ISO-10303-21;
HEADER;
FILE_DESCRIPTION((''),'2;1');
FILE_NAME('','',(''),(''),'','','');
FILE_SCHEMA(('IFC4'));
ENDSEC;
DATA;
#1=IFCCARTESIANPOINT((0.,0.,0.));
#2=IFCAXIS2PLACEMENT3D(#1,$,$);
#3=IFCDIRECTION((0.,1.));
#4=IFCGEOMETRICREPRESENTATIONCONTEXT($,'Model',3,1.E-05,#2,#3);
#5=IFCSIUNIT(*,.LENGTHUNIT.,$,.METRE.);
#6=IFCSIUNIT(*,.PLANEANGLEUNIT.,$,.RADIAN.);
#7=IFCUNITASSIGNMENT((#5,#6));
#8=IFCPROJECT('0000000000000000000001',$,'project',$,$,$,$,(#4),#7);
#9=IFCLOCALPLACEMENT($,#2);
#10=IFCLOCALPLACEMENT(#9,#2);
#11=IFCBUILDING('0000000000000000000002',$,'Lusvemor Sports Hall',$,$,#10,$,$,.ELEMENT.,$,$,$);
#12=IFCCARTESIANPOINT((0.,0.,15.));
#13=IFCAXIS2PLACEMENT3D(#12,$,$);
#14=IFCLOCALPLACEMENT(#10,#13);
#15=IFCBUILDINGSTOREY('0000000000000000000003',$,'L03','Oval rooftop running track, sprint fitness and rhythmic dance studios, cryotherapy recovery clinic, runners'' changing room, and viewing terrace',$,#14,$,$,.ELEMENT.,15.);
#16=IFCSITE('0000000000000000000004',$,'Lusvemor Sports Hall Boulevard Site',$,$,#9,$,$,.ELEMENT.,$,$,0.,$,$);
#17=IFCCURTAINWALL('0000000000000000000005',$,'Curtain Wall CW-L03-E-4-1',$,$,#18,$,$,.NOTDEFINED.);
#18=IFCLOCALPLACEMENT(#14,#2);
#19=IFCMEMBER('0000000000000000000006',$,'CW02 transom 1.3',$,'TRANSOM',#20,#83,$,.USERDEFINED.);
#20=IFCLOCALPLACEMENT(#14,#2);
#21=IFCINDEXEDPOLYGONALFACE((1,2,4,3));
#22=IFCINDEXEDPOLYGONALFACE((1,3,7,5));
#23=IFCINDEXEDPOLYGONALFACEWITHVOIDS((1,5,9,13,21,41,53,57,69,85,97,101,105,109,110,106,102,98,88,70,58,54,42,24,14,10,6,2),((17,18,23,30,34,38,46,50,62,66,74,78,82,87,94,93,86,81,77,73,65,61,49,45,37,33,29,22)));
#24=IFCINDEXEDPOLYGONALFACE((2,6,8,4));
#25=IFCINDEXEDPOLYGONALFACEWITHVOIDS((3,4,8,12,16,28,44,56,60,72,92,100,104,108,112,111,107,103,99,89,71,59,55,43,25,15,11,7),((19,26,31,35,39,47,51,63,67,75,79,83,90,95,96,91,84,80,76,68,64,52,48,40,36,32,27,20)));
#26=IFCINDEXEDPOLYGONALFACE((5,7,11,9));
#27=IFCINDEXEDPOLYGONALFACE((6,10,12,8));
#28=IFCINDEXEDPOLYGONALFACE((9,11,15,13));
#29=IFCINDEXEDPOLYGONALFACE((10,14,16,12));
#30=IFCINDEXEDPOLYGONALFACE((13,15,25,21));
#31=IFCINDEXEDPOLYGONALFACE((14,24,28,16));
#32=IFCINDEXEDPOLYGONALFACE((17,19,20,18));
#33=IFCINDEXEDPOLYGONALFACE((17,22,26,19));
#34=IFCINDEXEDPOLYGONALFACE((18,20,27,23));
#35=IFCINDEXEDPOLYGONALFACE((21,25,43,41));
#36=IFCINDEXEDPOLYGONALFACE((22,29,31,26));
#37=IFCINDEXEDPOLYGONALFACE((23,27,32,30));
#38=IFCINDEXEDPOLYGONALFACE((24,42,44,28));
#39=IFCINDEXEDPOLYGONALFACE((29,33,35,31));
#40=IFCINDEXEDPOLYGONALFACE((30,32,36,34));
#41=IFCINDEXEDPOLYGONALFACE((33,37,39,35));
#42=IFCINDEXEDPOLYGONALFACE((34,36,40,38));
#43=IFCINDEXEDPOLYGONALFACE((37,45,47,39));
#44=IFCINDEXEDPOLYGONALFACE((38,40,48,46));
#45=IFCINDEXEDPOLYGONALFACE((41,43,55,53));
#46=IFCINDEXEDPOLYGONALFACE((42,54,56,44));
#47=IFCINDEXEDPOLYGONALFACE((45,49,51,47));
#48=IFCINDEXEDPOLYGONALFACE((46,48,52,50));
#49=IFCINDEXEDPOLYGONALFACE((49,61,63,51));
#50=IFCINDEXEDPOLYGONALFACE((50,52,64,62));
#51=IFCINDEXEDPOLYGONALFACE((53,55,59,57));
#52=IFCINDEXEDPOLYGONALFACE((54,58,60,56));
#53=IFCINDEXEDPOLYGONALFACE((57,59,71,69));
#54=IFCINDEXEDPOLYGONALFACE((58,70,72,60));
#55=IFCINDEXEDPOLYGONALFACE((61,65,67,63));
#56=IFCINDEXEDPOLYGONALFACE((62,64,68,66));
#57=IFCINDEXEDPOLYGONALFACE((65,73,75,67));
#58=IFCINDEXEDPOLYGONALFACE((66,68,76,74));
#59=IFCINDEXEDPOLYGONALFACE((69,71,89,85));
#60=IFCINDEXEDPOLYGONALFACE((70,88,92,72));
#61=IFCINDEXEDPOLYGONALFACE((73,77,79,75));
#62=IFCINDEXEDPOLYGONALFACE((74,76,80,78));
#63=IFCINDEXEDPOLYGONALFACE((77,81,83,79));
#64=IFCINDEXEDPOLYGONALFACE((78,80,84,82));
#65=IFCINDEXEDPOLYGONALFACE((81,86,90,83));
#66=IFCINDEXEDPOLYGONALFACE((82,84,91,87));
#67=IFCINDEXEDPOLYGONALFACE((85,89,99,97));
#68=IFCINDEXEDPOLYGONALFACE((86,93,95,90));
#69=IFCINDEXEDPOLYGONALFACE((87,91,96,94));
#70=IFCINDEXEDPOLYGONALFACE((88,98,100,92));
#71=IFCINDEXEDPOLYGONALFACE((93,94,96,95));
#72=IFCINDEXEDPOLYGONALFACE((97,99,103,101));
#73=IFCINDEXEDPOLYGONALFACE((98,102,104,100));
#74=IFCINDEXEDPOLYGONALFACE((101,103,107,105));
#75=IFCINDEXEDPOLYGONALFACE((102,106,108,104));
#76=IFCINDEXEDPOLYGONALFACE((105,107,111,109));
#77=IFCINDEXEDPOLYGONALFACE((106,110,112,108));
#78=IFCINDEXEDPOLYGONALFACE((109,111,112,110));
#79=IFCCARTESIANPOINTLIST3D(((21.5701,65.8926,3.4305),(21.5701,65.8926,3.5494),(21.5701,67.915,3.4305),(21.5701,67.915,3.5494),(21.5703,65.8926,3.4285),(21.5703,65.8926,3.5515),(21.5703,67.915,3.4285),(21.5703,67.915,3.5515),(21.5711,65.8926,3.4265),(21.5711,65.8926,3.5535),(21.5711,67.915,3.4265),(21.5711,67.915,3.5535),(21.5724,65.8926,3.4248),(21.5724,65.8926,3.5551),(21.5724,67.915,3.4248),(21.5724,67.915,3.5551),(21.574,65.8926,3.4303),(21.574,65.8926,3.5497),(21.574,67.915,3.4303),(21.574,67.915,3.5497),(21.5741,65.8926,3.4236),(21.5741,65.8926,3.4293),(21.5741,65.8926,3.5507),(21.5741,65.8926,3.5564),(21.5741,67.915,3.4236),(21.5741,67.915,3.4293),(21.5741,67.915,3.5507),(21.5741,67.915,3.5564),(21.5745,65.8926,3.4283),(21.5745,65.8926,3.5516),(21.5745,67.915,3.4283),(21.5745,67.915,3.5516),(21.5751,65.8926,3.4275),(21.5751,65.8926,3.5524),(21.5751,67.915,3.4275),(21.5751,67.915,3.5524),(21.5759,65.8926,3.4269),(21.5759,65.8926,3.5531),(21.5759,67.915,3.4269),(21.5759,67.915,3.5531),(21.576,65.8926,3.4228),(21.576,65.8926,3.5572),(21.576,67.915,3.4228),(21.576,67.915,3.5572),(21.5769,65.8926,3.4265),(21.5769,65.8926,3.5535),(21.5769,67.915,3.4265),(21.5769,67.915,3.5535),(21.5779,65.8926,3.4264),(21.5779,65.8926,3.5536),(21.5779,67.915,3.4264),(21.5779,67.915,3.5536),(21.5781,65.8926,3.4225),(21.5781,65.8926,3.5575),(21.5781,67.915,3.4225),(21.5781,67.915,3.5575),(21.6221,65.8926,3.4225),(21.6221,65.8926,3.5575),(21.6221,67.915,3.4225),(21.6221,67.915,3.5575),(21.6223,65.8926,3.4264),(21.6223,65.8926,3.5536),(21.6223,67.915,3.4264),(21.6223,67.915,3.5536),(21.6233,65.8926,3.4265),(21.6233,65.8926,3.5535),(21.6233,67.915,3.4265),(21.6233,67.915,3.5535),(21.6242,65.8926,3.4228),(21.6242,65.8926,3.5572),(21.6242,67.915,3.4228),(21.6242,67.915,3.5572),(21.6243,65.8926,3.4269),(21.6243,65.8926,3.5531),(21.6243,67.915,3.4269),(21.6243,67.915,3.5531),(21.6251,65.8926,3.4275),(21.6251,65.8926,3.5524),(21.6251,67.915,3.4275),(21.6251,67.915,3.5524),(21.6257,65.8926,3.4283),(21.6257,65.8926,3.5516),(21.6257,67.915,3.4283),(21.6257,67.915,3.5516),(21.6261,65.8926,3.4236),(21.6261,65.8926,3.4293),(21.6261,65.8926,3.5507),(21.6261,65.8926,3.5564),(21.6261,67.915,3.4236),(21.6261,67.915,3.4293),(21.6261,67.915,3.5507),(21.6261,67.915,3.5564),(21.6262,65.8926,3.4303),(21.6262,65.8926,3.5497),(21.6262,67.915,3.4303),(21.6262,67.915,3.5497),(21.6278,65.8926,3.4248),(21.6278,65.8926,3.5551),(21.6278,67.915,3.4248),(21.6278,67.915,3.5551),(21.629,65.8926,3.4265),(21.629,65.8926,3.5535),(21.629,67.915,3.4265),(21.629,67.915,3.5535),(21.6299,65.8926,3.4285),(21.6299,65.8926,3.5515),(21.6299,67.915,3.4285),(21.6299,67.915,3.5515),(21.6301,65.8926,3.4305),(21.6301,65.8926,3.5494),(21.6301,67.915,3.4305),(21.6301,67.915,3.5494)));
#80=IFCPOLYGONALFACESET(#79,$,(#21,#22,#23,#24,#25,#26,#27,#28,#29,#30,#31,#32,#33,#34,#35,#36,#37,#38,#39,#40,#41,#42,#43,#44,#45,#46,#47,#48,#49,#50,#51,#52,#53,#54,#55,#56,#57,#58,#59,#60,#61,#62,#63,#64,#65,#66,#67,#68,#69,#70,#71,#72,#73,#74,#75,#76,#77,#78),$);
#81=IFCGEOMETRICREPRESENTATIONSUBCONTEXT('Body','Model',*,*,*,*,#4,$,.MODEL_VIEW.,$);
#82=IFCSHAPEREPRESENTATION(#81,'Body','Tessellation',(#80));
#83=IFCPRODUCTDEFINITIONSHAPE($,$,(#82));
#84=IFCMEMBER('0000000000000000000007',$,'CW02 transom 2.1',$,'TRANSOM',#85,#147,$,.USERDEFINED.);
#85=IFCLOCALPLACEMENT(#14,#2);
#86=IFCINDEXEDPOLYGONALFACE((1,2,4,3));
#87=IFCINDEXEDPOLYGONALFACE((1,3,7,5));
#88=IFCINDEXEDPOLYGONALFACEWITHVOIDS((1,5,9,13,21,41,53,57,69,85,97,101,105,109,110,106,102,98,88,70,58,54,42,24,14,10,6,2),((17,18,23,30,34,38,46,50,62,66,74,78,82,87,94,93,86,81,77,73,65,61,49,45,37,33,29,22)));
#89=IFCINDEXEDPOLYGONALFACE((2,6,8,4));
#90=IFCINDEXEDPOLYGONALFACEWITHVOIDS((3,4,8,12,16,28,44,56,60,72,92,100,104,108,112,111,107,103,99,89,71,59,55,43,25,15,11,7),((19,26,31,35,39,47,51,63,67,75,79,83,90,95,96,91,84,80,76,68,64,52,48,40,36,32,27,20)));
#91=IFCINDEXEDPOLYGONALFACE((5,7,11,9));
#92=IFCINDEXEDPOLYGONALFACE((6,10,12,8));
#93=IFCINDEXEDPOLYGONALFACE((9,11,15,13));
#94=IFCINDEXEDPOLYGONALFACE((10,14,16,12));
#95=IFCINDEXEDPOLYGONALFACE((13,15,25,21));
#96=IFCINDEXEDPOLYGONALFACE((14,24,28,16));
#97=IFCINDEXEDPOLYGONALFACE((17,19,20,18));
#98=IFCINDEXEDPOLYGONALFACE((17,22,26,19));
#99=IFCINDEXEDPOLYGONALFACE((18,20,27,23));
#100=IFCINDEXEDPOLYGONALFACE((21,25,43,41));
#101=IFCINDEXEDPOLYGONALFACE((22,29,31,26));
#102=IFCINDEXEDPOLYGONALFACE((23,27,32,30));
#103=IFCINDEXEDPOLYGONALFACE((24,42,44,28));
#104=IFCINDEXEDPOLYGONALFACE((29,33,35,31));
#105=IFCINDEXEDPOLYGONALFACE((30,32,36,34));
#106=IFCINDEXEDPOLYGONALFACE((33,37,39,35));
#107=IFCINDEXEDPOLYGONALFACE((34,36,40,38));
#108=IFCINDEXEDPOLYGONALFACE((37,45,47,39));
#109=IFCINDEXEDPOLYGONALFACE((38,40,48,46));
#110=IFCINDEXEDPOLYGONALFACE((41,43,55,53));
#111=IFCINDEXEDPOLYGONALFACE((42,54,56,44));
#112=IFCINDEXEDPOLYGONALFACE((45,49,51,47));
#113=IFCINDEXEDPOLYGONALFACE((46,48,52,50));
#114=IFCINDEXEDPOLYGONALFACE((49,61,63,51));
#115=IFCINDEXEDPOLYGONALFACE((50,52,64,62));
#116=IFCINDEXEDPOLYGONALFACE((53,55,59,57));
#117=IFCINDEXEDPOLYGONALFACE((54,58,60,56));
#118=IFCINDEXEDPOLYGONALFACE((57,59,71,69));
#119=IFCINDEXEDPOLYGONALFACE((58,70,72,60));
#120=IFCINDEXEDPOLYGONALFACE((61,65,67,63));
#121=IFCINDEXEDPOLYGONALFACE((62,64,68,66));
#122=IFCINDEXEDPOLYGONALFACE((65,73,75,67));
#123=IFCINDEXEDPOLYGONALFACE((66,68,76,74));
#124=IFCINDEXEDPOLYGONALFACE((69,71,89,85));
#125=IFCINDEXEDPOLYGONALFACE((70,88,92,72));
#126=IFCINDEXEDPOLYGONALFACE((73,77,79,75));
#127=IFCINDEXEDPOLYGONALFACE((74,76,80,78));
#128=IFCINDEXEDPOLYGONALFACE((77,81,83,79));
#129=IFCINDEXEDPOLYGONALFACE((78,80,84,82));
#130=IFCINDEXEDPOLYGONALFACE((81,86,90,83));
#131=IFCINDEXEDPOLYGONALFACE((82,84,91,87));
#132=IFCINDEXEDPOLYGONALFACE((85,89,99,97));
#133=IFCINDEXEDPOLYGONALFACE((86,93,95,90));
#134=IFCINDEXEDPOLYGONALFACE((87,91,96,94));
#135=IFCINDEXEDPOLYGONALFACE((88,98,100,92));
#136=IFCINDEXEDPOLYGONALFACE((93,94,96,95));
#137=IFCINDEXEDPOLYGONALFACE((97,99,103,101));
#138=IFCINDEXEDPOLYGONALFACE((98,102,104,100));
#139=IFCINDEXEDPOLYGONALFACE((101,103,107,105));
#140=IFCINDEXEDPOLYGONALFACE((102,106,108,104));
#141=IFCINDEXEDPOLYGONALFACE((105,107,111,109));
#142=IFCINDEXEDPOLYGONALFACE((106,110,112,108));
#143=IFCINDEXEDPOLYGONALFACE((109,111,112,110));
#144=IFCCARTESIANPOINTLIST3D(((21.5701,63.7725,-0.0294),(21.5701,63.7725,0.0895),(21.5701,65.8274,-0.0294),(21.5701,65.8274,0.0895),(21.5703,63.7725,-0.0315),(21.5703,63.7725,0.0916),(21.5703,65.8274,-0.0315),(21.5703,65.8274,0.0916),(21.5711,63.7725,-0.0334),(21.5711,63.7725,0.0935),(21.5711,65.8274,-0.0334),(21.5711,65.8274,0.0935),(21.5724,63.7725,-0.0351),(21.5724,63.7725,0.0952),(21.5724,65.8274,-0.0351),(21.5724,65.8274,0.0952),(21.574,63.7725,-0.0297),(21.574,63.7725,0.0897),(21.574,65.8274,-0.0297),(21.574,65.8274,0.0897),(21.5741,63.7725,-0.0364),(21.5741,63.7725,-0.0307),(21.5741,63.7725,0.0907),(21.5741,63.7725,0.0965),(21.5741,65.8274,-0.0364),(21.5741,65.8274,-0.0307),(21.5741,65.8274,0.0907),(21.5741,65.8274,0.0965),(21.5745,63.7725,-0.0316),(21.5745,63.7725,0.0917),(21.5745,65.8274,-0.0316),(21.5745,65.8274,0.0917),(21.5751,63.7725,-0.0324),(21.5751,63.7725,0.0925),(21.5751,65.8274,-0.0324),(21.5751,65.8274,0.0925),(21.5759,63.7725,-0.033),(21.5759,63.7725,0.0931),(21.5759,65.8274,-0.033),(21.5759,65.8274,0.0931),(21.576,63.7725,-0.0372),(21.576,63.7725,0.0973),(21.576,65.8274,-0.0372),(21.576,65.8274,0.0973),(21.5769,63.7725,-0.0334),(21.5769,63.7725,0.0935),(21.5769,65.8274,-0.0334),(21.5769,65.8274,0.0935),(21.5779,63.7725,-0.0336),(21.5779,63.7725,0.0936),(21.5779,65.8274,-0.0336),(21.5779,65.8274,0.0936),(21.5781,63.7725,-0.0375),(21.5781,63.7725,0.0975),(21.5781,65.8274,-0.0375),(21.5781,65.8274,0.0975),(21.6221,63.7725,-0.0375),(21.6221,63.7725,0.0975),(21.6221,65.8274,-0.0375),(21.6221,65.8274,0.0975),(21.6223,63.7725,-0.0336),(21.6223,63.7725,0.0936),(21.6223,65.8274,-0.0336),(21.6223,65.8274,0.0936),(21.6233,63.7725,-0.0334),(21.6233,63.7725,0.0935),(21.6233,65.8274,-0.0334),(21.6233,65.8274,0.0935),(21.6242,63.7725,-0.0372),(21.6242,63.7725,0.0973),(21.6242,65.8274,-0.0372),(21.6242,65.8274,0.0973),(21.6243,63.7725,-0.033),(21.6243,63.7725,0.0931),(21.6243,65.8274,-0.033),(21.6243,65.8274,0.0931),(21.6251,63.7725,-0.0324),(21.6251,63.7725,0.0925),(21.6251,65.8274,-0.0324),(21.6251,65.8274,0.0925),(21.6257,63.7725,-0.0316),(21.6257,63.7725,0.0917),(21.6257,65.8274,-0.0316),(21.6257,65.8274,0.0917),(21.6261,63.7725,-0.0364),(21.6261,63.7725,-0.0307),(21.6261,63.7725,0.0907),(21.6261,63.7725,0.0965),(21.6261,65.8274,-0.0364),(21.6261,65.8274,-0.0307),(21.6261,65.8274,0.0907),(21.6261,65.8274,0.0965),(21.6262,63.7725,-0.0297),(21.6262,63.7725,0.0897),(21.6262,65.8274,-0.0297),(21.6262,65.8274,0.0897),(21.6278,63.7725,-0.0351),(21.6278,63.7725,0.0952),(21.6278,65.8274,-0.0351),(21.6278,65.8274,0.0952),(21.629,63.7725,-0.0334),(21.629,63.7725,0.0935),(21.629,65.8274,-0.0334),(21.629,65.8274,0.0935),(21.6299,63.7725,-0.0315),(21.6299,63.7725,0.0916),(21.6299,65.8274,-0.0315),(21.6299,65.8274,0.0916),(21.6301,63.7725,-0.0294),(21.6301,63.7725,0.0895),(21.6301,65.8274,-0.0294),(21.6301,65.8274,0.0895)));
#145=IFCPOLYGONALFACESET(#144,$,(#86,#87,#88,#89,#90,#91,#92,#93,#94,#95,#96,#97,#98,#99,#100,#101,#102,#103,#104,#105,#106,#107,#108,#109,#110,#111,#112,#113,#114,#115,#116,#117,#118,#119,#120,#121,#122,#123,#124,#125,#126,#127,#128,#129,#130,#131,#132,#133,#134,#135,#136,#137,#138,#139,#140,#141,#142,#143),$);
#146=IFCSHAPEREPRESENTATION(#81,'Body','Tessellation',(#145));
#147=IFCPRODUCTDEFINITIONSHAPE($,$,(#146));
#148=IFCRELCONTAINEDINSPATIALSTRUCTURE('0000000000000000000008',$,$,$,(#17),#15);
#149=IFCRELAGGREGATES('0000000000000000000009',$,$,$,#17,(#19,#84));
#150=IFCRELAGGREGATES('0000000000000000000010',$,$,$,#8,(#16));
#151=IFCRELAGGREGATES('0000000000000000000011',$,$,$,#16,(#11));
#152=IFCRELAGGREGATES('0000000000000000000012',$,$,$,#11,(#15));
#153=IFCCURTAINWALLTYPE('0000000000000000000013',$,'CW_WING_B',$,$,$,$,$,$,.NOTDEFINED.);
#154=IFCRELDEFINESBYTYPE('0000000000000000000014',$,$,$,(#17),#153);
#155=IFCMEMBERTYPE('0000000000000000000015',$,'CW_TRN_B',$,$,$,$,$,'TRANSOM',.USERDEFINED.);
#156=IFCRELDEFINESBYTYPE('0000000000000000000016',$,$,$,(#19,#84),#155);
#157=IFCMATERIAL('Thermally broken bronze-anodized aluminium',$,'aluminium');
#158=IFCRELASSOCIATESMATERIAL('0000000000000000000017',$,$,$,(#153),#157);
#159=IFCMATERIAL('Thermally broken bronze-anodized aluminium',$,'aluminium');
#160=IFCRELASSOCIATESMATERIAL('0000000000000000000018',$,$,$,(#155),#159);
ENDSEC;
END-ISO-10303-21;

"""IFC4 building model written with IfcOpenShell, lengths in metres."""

from ifc_helpers import new_model, si_unit, direction, frame, origin, origin_2d, place, context, subcontext, project, spatial, hollow_rectangle, extrude, material, material_profile, profile_set, type_object, element, aggregate, save


model = new_model("IFC4")

# Units and contexts
model_context = context("Model", 3, precision=1e-05, world=origin(), true_north=direction((0.0, 1.0)))
body_context = subcontext(model_context, "Body", "Model", "MODEL_VIEW")
ifc_project = project(units=[si_unit("LENGTHUNIT", "METRE"), si_unit("PLANEANGLEUNIT", "RADIAN")], contexts=[model_context])

# Site, building, storey
site_placement = place(None, origin())
site = spatial("IfcSite", under=ifc_project, at=site_placement, Name="Lusvemor Sports Hall Boulevard Site", CompositionType="ELEMENT", RefElevation=0.0)
building_placement = place(site_placement, origin())
building = spatial("IfcBuilding", under=site, at=building_placement, Name="Lusvemor Sports Hall", CompositionType="ELEMENT")
storey_placement = place(building_placement, frame((0.0, 0.0, 15.0)))
storey = spatial("IfcBuildingStorey", under=building, at=storey_placement, Name="L03", Description="Oval rooftop running track, sprint fitness and rhythmic dance studios, cryotherapy recovery clinic, runners' changing room, and viewing terrace", CompositionType="ELEMENT", Elevation=15.0)

# Shared definitions
ifc_material_1 = material(Name="Thermally broken bronze-anodized aluminium", Category="aluminium")
curtain_wall_type = type_object("IfcCurtainWallType", Name="CW_WING_B", PredefinedType="NOTDEFINED", material=ifc_material_1)

# Curtain wall
curtain_wall_1_placement = place(storey_placement, origin())
curtain_wall_1 = element("IfcCurtainWall", 1, at=curtain_wall_1_placement, inside=storey, type_object=curtain_wall_type, Name="Curtain Wall CW-L03-E-4-1", PredefinedType="NOTDEFINED")

# Members
ifc_material_2 = material(Name="Thermally broken bronze-anodized aluminium", Category="aluminium")
ifc_material_profile_1 = material_profile(ifc_material_2, hollow_rectangle(XDim=0.0601, YDim=0.135, WallThickness=0.0039, InnerFilletRadius=0.0039, OuterFilletRadius=0.0081, at=origin_2d()), Name="CWTRN135x60x4")
ifc_profile_set_1 = profile_set([ifc_material_profile_1], Name="Thermally broken bronze-anodized aluminium")
member_type_1 = type_object("IfcMemberType", Name="CW_TRN_B", ElementType="TRANSOM", PredefinedType="USERDEFINED", material=ifc_profile_set_1)
member_1_placement = place(storey_placement, frame((21.6001, 67.915, 3.49), z_axis=(0.0, -1.0, 0.0), x_axis=(1.0, 0.0, 0.0)))
member_1 = element("IfcMember", 2, at=member_1_placement, type_object=member_type_1, Name="CW02 transom 1.3", ObjectType="TRANSOM", PredefinedType="USERDEFINED", context=body_context, shape_type="SweptSolid", body=[
    extrude(hollow_rectangle(XDim=0.0601, YDim=0.135, WallThickness=0.0039, InnerFilletRadius=0.0039, OuterFilletRadius=0.0081, at=origin_2d()), origin(), (0.0, 0.0, 1.0), 2.0225),
])
member_2_placement = place(storey_placement, frame((21.6001, 65.8274, 0.03), z_axis=(0.0, -1.0, 0.0), x_axis=(1.0, 0.0, 0.0)))
member_2 = element("IfcMember", 3, at=member_2_placement, type_object=member_type_1, Name="CW02 transom 2.1", ObjectType="TRANSOM", PredefinedType="USERDEFINED", context=body_context, shape_type="SweptSolid", body=[
    extrude(hollow_rectangle(XDim=0.0601, YDim=0.135, WallThickness=0.0039, InnerFilletRadius=0.0039, OuterFilletRadius=0.0081, at=origin_2d()), origin(), (0.0, 0.0, 1.0), 2.0549),
])

aggregate(curtain_wall_1, [member_1, member_2])

save(model, "model.ifc")
